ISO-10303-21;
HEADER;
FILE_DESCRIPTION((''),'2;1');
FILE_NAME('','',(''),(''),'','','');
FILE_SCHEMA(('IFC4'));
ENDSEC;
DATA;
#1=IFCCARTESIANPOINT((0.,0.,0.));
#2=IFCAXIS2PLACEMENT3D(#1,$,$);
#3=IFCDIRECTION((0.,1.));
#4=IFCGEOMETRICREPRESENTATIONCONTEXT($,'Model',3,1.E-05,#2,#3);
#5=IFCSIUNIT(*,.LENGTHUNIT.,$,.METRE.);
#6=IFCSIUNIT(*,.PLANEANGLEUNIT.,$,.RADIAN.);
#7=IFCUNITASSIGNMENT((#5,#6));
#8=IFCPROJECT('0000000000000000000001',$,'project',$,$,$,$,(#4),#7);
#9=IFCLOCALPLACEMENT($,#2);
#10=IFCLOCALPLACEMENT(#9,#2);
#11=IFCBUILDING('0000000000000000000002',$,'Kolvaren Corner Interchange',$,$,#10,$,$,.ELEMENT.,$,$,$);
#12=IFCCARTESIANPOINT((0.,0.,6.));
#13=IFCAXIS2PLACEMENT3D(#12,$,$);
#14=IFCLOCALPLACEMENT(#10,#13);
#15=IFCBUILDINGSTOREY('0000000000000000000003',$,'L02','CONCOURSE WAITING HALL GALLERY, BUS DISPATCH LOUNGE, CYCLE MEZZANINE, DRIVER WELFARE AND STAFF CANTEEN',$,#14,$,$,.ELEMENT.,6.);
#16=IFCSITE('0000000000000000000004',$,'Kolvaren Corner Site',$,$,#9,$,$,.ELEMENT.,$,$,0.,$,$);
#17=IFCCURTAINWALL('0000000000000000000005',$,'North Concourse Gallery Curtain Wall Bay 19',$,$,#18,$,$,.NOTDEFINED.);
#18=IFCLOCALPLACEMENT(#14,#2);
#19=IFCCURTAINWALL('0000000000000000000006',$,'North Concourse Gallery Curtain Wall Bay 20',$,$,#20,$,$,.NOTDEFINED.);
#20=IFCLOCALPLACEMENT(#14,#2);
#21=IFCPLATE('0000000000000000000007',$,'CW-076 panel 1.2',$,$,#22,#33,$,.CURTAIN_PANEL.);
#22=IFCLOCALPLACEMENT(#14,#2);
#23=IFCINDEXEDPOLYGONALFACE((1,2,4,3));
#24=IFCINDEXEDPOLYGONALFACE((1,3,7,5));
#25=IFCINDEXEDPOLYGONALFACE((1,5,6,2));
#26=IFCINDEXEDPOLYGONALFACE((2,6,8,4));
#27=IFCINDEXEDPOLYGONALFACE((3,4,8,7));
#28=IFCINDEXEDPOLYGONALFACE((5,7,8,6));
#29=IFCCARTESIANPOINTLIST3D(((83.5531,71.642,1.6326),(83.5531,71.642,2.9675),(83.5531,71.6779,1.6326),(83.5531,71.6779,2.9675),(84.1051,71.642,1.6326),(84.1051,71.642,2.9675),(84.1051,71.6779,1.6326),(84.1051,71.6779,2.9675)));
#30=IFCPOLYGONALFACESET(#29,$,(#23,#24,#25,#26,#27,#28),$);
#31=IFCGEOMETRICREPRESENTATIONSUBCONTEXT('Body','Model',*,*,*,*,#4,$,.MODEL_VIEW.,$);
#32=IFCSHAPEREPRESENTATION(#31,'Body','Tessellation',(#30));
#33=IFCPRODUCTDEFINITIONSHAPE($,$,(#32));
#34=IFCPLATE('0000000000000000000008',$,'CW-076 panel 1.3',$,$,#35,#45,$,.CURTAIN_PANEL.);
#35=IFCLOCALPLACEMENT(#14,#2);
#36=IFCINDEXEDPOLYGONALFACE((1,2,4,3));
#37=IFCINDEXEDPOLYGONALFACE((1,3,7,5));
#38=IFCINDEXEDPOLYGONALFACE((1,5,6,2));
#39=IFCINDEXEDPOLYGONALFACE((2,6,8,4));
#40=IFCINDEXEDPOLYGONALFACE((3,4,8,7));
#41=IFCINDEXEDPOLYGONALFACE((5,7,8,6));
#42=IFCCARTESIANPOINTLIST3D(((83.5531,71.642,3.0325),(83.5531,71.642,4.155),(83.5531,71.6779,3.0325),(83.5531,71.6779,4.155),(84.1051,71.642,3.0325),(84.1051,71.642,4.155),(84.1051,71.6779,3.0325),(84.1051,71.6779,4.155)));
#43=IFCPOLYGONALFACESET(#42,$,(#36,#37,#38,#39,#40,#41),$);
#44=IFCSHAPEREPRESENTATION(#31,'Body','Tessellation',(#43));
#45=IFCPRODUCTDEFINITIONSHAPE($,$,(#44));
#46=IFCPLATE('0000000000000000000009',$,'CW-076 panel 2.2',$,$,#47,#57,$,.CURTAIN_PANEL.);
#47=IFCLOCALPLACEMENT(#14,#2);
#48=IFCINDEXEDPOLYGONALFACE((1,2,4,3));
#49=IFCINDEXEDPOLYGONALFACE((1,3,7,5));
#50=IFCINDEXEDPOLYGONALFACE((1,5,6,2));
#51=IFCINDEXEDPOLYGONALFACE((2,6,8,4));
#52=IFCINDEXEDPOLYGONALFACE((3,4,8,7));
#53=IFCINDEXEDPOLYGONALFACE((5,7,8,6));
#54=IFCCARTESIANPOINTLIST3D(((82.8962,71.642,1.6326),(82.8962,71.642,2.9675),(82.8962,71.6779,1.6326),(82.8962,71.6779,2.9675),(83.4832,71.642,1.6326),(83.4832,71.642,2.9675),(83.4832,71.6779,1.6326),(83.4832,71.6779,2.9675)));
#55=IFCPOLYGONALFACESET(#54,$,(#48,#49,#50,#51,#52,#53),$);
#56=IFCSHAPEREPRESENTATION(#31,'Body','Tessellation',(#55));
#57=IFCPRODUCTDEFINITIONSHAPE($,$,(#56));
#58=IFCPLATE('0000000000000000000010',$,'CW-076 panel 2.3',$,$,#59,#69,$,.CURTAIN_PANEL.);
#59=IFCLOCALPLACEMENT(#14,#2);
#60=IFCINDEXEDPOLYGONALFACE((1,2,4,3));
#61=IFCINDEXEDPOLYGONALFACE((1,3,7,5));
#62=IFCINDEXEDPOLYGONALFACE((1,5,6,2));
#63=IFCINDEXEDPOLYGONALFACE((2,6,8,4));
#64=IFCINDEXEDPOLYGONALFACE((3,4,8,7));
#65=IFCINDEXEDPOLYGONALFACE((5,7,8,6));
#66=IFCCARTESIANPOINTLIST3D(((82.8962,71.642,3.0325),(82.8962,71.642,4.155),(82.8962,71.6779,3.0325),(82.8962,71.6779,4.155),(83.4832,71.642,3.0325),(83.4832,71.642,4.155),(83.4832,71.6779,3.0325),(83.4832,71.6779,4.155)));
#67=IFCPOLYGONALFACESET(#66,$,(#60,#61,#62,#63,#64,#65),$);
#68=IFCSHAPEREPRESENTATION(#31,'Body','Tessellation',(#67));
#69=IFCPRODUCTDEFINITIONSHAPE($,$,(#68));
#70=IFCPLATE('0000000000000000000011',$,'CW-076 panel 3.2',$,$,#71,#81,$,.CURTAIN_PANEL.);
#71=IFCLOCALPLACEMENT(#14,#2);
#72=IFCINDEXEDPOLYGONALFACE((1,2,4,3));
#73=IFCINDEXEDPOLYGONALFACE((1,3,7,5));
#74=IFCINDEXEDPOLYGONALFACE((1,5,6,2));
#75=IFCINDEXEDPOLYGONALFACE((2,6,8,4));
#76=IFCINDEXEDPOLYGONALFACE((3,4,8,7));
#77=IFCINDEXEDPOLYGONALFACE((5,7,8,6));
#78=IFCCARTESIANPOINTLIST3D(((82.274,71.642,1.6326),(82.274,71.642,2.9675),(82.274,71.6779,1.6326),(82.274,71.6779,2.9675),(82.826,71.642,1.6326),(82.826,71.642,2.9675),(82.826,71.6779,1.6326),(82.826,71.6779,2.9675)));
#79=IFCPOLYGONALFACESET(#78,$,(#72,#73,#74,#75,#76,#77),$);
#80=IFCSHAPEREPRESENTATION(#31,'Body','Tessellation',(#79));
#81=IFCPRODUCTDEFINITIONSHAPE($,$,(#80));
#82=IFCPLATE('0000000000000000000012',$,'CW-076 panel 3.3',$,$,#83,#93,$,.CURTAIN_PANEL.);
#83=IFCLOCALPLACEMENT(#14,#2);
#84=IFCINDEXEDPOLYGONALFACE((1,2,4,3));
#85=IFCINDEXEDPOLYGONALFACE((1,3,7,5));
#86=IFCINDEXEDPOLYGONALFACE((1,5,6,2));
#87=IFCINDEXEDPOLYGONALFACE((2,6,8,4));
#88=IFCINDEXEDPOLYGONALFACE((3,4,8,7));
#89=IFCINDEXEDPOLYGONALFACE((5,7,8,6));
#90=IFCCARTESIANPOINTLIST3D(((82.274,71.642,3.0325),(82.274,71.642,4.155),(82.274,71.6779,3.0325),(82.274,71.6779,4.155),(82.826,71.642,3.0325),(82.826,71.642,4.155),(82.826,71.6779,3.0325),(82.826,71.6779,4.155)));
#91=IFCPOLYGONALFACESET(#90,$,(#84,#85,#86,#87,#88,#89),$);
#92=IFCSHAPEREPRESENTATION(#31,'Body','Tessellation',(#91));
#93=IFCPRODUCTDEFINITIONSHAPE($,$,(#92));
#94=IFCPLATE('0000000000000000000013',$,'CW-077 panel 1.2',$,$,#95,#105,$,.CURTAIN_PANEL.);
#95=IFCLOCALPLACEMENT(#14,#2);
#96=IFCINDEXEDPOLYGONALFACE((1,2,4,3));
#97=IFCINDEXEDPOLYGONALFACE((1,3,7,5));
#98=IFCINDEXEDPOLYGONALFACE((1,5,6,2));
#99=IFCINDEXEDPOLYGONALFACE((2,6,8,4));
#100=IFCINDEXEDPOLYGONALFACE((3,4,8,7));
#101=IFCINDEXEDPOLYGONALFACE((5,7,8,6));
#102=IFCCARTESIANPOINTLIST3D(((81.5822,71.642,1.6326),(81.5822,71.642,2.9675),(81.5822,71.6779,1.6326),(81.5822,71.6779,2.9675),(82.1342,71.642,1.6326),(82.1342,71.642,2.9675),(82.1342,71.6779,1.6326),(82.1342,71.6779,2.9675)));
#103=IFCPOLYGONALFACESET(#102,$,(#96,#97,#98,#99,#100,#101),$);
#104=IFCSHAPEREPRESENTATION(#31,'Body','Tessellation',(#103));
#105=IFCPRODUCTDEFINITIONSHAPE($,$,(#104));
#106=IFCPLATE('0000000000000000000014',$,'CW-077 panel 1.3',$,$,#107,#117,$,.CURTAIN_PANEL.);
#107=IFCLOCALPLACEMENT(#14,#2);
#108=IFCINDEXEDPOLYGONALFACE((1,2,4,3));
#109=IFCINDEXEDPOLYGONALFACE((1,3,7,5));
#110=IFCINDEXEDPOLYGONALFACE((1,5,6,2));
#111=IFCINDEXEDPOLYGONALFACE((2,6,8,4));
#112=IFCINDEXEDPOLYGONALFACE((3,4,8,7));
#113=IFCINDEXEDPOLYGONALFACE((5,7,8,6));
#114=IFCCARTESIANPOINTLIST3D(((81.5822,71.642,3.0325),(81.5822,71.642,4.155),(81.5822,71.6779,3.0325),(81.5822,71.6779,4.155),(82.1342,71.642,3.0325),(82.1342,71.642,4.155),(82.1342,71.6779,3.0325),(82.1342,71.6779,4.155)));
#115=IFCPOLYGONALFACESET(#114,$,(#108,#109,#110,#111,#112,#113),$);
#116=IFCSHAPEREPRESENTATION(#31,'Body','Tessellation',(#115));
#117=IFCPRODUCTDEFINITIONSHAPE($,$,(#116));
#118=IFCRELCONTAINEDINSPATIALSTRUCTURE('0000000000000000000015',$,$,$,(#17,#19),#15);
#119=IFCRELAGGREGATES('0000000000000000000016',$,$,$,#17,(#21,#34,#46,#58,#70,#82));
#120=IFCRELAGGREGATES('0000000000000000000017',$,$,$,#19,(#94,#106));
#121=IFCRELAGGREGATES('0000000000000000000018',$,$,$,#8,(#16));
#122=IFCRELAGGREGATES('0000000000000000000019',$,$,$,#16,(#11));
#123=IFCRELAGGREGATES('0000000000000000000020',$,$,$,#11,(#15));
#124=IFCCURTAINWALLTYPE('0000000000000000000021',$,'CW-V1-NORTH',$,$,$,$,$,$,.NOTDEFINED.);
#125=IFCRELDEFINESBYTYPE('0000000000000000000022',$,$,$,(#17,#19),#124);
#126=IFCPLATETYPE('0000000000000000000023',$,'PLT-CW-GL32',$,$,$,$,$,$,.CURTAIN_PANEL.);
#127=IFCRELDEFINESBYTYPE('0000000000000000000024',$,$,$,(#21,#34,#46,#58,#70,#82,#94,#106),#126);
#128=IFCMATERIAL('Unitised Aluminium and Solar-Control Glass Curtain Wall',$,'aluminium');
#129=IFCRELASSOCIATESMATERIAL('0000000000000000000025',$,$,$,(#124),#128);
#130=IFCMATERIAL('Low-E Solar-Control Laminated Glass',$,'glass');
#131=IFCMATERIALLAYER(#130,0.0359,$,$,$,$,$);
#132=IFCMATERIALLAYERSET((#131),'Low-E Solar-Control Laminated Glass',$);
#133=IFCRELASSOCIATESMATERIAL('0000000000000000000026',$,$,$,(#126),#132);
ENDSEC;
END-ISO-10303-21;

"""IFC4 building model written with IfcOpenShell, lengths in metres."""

from ifc_helpers import new_model, si_unit, direction, frame, origin, origin_2d, place, context, subcontext, project, spatial, rectangle, extrude, material, layer, layer_set, type_object, element, aggregate, save


model = new_model("IFC4")

# Units and contexts
model_context = context("Model", 3, precision=1e-05, world=origin(), true_north=direction((0.0, 1.0)))
body_context = subcontext(model_context, "Body", "Model", "MODEL_VIEW")
ifc_project = project(units=[si_unit("LENGTHUNIT", "METRE"), si_unit("PLANEANGLEUNIT", "RADIAN")], contexts=[model_context])

# Site, building, storey
site_placement = place(None, origin())
site = spatial("IfcSite", under=ifc_project, at=site_placement, Name="Kolvaren Corner Site", CompositionType="ELEMENT", RefElevation=0.0)
building_placement = place(site_placement, origin())
building = spatial("IfcBuilding", under=site, at=building_placement, Name="Kolvaren Corner Interchange", CompositionType="ELEMENT")
storey_placement = place(building_placement, frame((0.0, 0.0, 6.0)))
storey = spatial("IfcBuildingStorey", under=building, at=storey_placement, Name="L02", Description="CONCOURSE WAITING HALL GALLERY, BUS DISPATCH LOUNGE, CYCLE MEZZANINE, DRIVER WELFARE AND STAFF CANTEEN", CompositionType="ELEMENT", Elevation=6.0)

# Curtain walls
ifc_material_1 = material(Name="Unitised Aluminium and Solar-Control Glass Curtain Wall", Category="aluminium")
curtain_wall_type = type_object("IfcCurtainWallType", Name="CW-V1-NORTH", PredefinedType="NOTDEFINED", material=ifc_material_1)
curtain_wall_1_placement = place(storey_placement, origin())
curtain_wall_1 = element("IfcCurtainWall", 1, at=curtain_wall_1_placement, inside=storey, type_object=curtain_wall_type, Name="North Concourse Gallery Curtain Wall Bay 19", PredefinedType="NOTDEFINED")
curtain_wall_2_placement = place(storey_placement, origin())
curtain_wall_2 = element("IfcCurtainWall", 2, at=curtain_wall_2_placement, inside=storey, type_object=curtain_wall_type, Name="North Concourse Gallery Curtain Wall Bay 20", PredefinedType="NOTDEFINED")

# Plates
ifc_material_2 = material(Name="Low-E Solar-Control Laminated Glass", Category="glass")
ifc_layer = layer(ifc_material_2, 0.0359)
ifc_layer_set = layer_set([ifc_layer], Name="Low-E Solar-Control Laminated Glass")
plate_type = type_object("IfcPlateType", Name="PLT-CW-GL32", PredefinedType="CURTAIN_PANEL", material=ifc_layer_set)
plate_1_placement = place(storey_placement, frame((83.8291, 71.6599, 1.6326), z_axis=(0.0, 0.0, 1.0), x_axis=(-1.0, 0.0, 0.0)))
plate_1 = element("IfcPlate", 3, at=plate_1_placement, type_object=plate_type, Name="CW-076 panel 1.2", PredefinedType="CURTAIN_PANEL", context=body_context, shape_type="SweptSolid", body=[
    extrude(rectangle(XDim=0.552, YDim=0.0359, at=origin_2d()), origin(), (0.0, 0.0, 1.0), 1.335),
])
plate_2_placement = place(storey_placement, frame((83.8291, 71.6599, 3.0325), z_axis=(0.0, 0.0, 1.0), x_axis=(-1.0, 0.0, 0.0)))
plate_2 = element("IfcPlate", 4, at=plate_2_placement, type_object=plate_type, Name="CW-076 panel 1.3", PredefinedType="CURTAIN_PANEL", context=body_context, shape_type="SweptSolid", body=[
    extrude(rectangle(XDim=0.552, YDim=0.0359, at=origin_2d()), origin(), (0.0, 0.0, 1.0), 1.1226),
])
plate_3_placement = place(storey_placement, frame((83.1897, 71.6599, 1.6326), z_axis=(0.0, 0.0, 1.0), x_axis=(-1.0, 0.0, 0.0)))
plate_3 = element("IfcPlate", 5, at=plate_3_placement, type_object=plate_type, Name="CW-076 panel 2.2", PredefinedType="CURTAIN_PANEL", context=body_context, shape_type="SweptSolid", body=[
    extrude(rectangle(XDim=0.5869, YDim=0.0359, at=origin_2d()), origin(), (0.0, 0.0, 1.0), 1.335),
])
plate_4_placement = place(storey_placement, frame((83.1897, 71.6599, 3.0325), z_axis=(0.0, 0.0, 1.0), x_axis=(-1.0, 0.0, 0.0)))
plate_4 = element("IfcPlate", 6, at=plate_4_placement, type_object=plate_type, Name="CW-076 panel 2.3", PredefinedType="CURTAIN_PANEL", context=body_context, shape_type="SweptSolid", body=[
    extrude(rectangle(XDim=0.5869, YDim=0.0359, at=origin_2d()), origin(), (0.0, 0.0, 1.0), 1.1226),
])
plate_5_placement = place(storey_placement, frame((82.55, 71.6599, 1.6326), z_axis=(0.0, 0.0, 1.0), x_axis=(-1.0, 0.0, 0.0)))
plate_5 = element("IfcPlate", 7, at=plate_5_placement, type_object=plate_type, Name="CW-076 panel 3.2", PredefinedType="CURTAIN_PANEL", context=body_context, shape_type="SweptSolid", body=[
    extrude(rectangle(XDim=0.552, YDim=0.0359, at=origin_2d()), origin(), (0.0, 0.0, 1.0), 1.335),
])
plate_6_placement = place(storey_placement, frame((82.55, 71.6599, 3.0325), z_axis=(0.0, 0.0, 1.0), x_axis=(-1.0, 0.0, 0.0)))
plate_6 = element("IfcPlate", 8, at=plate_6_placement, type_object=plate_type, Name="CW-076 panel 3.3", PredefinedType="CURTAIN_PANEL", context=body_context, shape_type="SweptSolid", body=[
    extrude(rectangle(XDim=0.552, YDim=0.0359, at=origin_2d()), origin(), (0.0, 0.0, 1.0), 1.1226),
])
aggregate(curtain_wall_1, [plate_1, plate_2, plate_3, plate_4, plate_5, plate_6])
plate_7_placement = place(storey_placement, frame((81.8582, 71.6599, 1.6326), z_axis=(0.0, 0.0, 1.0), x_axis=(-1.0, 0.0, 0.0)))
plate_7 = element("IfcPlate", 9, at=plate_7_placement, type_object=plate_type, Name="CW-077 panel 1.2", PredefinedType="CURTAIN_PANEL", context=body_context, shape_type="SweptSolid", body=[
    extrude(rectangle(XDim=0.552, YDim=0.0359, at=origin_2d()), origin(), (0.0, 0.0, 1.0), 1.335),
])
plate_8_placement = place(storey_placement, frame((81.8582, 71.6599, 3.0325), z_axis=(0.0, 0.0, 1.0), x_axis=(-1.0, 0.0, 0.0)))
plate_8 = element("IfcPlate", 10, at=plate_8_placement, type_object=plate_type, Name="CW-077 panel 1.3", PredefinedType="CURTAIN_PANEL", context=body_context, shape_type="SweptSolid", body=[
    extrude(rectangle(XDim=0.552, YDim=0.0359, at=origin_2d()), origin(), (0.0, 0.0, 1.0), 1.1226),
])
aggregate(curtain_wall_2, [plate_7, plate_8])

save(model, "model.ifc")
